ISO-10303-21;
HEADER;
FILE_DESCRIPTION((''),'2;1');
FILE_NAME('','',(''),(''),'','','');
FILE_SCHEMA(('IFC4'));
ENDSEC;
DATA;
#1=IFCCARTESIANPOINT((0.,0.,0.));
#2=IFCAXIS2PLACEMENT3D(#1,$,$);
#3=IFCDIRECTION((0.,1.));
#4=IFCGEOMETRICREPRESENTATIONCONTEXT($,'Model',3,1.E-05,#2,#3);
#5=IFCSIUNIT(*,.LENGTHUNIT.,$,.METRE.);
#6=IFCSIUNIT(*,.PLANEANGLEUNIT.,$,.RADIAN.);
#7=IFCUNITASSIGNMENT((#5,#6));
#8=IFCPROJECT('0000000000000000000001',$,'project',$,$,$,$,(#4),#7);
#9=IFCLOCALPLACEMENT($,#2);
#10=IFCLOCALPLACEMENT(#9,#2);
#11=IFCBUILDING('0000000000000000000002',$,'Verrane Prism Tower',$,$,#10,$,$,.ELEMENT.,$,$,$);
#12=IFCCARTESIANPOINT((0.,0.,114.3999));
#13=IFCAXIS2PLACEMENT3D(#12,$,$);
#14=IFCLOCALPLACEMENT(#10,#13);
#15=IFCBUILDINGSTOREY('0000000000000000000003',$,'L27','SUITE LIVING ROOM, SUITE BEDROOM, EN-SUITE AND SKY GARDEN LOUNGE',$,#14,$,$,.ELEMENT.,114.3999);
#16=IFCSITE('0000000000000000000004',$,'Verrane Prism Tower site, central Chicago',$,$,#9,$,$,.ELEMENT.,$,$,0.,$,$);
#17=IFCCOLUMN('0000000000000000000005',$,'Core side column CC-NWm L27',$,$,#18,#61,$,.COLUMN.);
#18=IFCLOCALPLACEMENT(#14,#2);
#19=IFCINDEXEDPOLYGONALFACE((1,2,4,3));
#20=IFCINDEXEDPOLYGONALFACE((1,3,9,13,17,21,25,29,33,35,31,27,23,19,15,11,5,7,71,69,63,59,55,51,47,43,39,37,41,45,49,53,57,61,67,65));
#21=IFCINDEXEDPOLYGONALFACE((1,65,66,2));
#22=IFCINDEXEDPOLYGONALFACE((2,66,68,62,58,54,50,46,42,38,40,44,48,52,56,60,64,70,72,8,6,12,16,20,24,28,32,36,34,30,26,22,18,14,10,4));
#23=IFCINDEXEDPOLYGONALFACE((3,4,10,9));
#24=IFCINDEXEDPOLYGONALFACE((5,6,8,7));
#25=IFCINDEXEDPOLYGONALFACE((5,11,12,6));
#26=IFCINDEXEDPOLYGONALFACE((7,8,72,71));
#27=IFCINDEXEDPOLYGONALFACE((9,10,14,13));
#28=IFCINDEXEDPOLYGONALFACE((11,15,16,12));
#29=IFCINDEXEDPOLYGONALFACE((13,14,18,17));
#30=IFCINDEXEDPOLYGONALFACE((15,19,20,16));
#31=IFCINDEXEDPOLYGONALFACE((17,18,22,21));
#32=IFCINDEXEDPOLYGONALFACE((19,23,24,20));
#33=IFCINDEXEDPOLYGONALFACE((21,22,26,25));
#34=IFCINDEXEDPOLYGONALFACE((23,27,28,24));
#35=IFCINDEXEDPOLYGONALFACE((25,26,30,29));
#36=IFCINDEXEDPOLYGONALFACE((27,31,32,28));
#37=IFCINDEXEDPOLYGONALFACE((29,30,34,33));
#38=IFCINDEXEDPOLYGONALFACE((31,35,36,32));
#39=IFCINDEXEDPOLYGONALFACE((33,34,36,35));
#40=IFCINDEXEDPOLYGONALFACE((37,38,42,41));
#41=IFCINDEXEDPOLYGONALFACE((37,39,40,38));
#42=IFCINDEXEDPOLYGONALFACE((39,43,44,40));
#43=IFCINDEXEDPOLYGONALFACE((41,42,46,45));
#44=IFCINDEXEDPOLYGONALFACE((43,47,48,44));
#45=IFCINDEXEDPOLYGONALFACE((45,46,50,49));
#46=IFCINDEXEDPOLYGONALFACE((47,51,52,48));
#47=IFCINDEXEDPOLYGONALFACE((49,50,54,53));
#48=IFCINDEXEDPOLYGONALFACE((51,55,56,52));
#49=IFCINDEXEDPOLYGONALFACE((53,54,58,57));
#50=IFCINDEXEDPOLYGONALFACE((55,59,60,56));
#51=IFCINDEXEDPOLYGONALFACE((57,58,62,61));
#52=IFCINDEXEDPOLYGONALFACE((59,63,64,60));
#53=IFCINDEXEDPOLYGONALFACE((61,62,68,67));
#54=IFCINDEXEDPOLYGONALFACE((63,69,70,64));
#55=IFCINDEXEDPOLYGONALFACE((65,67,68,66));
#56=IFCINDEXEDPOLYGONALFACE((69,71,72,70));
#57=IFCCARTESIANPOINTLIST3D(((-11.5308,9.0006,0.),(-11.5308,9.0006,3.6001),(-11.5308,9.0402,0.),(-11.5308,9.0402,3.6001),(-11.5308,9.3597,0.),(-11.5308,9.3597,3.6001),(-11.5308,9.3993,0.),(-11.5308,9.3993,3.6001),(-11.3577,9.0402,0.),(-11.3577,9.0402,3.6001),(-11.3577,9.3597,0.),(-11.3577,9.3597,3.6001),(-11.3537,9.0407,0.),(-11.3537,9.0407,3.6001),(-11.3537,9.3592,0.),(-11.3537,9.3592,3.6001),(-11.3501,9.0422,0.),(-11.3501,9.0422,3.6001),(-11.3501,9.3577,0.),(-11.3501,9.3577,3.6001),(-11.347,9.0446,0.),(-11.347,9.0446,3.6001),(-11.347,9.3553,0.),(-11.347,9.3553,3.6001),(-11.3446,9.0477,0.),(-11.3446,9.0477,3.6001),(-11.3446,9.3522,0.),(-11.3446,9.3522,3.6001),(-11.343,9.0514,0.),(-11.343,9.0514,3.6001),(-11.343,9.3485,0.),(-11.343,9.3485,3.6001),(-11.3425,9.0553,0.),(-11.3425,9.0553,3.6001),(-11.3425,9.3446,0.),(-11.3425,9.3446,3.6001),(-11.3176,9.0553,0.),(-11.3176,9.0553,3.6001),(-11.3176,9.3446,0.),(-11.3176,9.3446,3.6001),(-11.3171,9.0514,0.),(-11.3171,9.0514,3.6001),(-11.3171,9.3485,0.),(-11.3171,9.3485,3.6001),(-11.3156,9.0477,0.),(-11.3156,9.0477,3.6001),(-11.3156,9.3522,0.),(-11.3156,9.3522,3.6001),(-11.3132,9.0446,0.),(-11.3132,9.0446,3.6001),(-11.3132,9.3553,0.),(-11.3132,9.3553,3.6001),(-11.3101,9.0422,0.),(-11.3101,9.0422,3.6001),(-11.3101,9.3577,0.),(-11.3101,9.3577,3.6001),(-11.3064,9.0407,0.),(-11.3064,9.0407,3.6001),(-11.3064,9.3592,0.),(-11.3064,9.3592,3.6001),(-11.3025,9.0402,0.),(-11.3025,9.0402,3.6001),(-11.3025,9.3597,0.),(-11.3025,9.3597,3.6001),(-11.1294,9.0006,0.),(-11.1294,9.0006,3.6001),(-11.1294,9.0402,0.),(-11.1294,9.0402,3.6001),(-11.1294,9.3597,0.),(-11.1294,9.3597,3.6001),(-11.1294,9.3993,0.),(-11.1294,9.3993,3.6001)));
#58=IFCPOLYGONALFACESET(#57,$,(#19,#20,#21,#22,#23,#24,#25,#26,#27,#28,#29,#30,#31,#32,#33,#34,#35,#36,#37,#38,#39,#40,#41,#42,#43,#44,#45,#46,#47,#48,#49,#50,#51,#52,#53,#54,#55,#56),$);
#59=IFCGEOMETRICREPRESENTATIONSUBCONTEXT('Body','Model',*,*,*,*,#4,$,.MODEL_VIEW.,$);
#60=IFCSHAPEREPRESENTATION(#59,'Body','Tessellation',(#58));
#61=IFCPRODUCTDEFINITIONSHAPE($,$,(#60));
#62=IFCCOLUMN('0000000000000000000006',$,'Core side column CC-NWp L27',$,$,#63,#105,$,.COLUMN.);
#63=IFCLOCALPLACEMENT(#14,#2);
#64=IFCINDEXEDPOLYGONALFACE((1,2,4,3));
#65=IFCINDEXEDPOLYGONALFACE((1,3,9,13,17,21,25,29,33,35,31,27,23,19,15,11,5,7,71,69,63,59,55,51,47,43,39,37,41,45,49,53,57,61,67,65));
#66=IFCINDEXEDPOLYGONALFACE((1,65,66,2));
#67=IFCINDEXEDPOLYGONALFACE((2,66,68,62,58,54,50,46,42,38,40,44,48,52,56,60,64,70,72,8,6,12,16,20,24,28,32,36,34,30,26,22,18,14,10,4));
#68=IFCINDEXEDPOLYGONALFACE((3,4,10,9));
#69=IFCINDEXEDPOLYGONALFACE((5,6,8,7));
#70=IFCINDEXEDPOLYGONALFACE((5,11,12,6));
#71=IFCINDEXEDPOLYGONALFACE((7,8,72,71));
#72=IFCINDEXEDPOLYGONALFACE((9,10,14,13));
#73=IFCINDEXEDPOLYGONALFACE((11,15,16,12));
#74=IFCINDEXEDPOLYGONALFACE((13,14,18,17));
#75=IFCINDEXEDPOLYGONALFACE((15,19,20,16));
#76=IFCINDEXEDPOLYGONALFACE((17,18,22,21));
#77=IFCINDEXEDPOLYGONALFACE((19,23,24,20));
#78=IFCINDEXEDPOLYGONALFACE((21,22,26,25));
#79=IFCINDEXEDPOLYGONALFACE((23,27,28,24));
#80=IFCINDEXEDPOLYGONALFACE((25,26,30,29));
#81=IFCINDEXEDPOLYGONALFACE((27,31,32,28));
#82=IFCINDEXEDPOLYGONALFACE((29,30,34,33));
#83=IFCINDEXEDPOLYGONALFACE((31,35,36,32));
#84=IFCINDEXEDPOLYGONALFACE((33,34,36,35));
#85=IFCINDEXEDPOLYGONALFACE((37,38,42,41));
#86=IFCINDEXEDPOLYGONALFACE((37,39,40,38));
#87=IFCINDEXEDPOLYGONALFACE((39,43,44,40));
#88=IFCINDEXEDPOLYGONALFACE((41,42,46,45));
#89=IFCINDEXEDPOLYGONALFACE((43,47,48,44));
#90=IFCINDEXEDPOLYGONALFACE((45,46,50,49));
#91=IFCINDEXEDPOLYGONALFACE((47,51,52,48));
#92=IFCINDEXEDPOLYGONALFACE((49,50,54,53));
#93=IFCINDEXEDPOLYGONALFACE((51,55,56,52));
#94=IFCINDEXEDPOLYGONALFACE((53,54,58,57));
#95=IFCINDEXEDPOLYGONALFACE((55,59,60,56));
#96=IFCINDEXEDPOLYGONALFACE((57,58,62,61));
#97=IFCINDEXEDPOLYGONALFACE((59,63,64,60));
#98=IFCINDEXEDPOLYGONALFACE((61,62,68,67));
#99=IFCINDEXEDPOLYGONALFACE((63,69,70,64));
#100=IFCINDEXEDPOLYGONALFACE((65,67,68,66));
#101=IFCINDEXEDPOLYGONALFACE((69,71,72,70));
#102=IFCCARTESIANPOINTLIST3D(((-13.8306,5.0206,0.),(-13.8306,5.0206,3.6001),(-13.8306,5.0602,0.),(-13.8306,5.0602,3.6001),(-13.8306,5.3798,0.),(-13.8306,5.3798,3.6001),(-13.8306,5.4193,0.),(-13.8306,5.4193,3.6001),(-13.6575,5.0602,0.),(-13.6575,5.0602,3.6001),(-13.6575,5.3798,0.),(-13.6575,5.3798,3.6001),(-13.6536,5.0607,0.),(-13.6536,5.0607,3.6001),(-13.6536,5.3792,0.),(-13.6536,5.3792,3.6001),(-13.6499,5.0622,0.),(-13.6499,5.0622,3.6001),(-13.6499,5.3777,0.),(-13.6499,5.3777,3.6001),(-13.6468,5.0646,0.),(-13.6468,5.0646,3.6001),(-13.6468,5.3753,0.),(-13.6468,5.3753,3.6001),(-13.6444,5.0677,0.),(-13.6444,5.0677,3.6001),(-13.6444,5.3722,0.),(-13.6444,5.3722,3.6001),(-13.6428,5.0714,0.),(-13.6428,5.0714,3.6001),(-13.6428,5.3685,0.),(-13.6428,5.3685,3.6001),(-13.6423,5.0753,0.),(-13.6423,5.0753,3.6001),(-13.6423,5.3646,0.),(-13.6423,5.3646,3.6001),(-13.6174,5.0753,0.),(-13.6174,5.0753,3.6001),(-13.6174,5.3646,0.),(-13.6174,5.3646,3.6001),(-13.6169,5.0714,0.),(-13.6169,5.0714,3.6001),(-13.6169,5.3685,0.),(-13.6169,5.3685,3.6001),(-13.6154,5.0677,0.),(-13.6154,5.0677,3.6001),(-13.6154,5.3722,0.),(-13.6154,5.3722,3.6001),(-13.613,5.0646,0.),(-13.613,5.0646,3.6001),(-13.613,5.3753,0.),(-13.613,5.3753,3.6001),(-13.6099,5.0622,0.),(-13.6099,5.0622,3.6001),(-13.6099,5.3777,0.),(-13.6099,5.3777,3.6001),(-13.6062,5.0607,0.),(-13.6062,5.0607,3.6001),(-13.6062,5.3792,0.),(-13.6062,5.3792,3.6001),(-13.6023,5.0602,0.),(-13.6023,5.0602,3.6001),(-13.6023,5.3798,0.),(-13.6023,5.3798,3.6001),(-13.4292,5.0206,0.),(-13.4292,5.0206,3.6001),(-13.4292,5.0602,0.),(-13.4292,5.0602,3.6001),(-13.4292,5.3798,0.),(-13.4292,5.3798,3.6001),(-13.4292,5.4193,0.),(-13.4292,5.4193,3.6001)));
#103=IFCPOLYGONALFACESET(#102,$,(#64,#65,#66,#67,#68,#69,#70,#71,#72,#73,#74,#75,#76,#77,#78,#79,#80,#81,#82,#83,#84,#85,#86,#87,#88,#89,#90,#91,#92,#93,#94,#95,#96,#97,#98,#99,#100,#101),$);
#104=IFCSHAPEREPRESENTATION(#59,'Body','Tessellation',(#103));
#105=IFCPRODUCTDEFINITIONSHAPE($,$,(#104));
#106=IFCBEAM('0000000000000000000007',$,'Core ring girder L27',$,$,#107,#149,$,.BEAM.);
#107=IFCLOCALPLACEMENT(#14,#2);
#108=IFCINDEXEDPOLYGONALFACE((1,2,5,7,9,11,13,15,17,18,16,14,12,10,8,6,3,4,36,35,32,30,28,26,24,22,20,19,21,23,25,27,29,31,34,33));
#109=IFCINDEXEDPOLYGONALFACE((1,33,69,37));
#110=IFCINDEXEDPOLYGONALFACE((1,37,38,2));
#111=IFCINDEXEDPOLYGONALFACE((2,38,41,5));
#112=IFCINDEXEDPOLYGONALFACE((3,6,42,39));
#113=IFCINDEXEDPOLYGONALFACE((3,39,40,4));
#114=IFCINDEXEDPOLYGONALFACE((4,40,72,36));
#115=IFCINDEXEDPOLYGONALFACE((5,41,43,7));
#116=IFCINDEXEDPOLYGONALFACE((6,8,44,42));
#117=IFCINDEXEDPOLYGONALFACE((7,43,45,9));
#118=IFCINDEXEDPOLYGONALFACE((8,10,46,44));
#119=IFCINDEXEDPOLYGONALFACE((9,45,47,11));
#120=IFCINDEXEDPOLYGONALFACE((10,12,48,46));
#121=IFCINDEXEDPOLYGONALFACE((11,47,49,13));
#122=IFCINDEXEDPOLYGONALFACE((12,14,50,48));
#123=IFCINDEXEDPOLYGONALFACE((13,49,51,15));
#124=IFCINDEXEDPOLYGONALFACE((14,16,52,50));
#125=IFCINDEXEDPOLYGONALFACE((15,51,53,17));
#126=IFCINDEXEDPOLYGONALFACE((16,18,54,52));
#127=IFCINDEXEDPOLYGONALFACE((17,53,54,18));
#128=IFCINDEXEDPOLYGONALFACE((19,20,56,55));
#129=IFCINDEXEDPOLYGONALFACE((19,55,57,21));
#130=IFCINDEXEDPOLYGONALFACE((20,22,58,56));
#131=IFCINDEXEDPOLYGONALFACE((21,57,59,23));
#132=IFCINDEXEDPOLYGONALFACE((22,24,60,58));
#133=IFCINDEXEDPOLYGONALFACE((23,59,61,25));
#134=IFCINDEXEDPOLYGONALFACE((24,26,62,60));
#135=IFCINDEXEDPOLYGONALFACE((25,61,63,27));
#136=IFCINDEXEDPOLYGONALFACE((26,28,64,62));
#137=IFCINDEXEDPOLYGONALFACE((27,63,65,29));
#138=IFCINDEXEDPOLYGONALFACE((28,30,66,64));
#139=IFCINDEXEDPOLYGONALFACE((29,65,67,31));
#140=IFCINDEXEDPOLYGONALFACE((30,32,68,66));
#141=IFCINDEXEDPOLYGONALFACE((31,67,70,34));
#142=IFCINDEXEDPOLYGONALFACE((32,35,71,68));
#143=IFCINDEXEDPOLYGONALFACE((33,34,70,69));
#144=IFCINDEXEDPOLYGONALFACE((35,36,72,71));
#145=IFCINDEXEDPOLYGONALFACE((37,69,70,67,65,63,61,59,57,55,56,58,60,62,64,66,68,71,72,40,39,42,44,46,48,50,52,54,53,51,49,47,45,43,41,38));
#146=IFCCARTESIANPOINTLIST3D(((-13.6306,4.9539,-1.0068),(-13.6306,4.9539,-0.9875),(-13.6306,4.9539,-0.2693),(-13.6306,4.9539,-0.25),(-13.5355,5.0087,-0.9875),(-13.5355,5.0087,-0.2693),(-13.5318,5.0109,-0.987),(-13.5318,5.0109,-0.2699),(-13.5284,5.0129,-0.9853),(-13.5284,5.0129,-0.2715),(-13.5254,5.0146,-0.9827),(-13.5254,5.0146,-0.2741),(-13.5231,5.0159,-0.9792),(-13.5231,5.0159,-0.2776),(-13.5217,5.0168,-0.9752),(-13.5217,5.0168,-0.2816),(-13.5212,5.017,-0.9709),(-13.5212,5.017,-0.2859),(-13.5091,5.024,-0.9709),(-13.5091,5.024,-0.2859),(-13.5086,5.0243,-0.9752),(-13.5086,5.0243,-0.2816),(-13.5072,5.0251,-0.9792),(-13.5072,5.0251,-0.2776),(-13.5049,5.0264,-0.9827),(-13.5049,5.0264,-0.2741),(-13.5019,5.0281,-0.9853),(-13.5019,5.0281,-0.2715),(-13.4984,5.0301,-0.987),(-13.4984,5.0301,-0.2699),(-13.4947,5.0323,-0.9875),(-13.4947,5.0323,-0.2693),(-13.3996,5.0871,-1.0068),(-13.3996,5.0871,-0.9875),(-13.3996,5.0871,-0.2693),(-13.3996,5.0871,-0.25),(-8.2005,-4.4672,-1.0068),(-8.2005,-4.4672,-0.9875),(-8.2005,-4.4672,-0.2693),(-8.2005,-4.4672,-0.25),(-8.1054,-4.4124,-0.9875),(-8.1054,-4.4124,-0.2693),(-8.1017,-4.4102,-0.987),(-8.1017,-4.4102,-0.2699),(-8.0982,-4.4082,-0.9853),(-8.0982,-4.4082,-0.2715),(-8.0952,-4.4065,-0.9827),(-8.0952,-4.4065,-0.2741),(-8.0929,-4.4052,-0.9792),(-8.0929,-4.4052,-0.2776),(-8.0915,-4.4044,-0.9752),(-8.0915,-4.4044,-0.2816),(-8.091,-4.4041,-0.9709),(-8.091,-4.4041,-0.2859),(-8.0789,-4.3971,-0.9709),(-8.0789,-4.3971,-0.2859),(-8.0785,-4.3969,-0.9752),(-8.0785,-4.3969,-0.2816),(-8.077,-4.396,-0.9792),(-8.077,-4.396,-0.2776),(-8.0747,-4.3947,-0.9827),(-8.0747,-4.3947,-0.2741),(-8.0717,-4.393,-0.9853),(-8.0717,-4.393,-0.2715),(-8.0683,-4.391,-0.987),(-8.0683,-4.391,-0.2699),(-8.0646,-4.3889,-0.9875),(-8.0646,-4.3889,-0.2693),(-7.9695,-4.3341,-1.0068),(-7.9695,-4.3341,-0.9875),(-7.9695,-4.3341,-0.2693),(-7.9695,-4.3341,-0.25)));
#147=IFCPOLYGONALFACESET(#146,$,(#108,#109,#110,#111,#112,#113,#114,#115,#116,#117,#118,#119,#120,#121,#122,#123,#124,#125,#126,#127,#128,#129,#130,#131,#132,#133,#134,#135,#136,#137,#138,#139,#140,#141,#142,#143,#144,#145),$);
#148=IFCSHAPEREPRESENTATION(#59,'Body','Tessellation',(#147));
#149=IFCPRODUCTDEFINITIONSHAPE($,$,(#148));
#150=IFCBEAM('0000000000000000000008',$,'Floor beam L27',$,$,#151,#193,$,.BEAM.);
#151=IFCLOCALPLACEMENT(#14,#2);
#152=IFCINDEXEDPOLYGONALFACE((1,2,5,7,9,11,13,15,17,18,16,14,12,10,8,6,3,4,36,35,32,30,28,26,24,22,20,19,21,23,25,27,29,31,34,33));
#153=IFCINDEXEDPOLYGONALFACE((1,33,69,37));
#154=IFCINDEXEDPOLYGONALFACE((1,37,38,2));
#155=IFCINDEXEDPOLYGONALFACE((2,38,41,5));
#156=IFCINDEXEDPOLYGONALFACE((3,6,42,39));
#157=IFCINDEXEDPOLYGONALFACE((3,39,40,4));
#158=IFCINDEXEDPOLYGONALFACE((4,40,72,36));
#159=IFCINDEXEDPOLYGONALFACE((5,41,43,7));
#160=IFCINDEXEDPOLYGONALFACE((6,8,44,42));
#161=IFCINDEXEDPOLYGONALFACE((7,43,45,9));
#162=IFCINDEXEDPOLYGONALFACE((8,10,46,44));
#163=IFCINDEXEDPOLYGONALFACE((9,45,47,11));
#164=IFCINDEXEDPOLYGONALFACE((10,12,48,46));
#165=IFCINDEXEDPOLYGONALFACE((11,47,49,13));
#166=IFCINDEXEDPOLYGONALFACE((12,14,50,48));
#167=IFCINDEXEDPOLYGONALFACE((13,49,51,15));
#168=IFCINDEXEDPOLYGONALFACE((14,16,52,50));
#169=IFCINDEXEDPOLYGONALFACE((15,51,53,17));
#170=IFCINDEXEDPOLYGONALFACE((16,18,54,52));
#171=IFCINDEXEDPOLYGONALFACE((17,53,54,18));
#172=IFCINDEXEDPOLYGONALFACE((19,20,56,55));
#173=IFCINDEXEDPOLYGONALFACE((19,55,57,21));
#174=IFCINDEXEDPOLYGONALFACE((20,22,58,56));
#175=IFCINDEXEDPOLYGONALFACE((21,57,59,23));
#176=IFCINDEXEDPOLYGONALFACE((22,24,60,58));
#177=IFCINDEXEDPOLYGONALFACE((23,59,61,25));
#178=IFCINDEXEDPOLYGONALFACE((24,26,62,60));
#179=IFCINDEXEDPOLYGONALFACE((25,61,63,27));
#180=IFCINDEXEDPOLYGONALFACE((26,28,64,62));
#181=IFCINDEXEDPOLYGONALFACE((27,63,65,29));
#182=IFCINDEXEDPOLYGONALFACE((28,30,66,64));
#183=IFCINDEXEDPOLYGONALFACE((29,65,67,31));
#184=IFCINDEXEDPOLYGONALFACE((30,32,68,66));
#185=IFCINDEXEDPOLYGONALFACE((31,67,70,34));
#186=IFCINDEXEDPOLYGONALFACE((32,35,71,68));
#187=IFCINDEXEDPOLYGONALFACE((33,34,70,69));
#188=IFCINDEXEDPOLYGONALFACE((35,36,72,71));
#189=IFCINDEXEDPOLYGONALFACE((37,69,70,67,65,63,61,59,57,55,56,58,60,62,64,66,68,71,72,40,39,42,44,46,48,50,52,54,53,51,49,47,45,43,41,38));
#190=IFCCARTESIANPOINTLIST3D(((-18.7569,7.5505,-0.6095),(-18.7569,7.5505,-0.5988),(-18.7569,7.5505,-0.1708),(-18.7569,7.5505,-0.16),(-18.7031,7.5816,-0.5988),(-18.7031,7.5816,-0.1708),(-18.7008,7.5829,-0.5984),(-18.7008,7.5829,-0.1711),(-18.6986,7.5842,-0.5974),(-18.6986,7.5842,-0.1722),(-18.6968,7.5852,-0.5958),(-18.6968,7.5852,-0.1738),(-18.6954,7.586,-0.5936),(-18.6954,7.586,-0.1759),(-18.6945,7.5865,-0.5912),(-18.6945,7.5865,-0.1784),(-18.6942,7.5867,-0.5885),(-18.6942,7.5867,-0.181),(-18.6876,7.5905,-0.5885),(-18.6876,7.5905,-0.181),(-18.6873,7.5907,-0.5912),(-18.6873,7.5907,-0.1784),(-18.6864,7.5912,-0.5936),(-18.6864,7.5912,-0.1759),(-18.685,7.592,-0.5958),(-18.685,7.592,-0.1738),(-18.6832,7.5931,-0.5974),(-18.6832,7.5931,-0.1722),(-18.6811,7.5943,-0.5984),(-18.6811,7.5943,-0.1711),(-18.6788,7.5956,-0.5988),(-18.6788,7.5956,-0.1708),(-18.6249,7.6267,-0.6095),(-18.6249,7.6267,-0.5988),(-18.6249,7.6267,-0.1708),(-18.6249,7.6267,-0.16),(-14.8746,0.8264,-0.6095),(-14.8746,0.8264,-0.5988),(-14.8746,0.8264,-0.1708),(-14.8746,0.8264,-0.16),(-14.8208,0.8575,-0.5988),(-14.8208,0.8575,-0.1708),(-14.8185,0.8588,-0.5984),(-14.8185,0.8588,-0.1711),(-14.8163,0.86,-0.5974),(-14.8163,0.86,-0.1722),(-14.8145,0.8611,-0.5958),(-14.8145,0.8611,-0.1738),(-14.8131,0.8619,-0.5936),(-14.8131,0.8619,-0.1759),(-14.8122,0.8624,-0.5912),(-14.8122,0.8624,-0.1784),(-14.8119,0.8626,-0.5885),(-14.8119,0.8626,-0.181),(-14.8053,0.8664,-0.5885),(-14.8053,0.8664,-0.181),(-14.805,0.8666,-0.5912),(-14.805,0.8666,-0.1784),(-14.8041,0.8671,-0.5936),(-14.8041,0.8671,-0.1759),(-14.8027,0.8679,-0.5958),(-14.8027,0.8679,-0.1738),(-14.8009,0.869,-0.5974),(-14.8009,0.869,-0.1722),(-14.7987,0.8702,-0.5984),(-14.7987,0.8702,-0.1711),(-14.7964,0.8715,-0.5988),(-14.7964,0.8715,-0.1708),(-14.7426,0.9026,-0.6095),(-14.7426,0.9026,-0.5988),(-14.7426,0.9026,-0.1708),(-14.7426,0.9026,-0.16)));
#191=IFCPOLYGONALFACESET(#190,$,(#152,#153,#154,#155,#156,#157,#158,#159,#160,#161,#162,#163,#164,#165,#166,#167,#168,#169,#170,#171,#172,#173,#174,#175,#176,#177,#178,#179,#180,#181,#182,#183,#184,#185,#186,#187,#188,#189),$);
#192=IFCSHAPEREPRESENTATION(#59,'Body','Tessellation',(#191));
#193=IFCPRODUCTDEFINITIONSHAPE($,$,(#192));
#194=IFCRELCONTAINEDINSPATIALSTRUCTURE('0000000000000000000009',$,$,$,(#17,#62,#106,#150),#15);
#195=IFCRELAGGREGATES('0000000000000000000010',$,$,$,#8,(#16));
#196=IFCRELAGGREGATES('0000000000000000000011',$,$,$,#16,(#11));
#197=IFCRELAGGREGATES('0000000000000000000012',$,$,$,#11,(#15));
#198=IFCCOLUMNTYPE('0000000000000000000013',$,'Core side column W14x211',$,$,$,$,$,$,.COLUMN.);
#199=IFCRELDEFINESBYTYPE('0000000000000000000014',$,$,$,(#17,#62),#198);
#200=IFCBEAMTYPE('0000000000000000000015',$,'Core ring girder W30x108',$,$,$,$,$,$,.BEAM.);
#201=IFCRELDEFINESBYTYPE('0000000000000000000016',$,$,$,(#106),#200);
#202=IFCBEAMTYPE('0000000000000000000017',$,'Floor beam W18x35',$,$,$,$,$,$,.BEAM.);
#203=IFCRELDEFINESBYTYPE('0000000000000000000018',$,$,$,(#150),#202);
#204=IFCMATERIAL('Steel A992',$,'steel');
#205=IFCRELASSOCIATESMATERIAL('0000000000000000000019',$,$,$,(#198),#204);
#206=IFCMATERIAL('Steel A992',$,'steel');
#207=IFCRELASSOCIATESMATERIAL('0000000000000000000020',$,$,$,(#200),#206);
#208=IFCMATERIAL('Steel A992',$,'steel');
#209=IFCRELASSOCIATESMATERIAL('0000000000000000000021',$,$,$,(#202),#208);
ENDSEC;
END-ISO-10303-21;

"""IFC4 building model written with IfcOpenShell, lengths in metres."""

from ifc_helpers import new_model, si_unit, direction, frame, origin, origin_2d, place, context, subcontext, project, spatial, i_section, extrude, material, material_profile, profile_set, type_object, element, save


model = new_model("IFC4")

# Units and contexts
model_context = context("Model", 3, precision=1e-05, world=origin(), true_north=direction((0.0, 1.0)))
body_context = subcontext(model_context, "Body", "Model", "MODEL_VIEW")
ifc_project = project(units=[si_unit("LENGTHUNIT", "METRE"), si_unit("PLANEANGLEUNIT", "RADIAN")], contexts=[model_context])

# Site, building, storey
site_placement = place(None, origin())
site = spatial("IfcSite", under=ifc_project, at=site_placement, Name="Verrane Prism Tower site, central Chicago", CompositionType="ELEMENT", RefElevation=0.0)
building_placement = place(site_placement, origin())
building = spatial("IfcBuilding", under=site, at=building_placement, Name="Verrane Prism Tower", CompositionType="ELEMENT")
storey_placement = place(building_placement, frame((0.0, 0.0, 114.3999)))
storey = spatial("IfcBuildingStorey", under=building, at=storey_placement, Name="L27", Description="SUITE LIVING ROOM, SUITE BEDROOM, EN-SUITE AND SKY GARDEN LOUNGE", CompositionType="ELEMENT", Elevation=114.3999)

# Columns
ifc_material_1 = material(Name="Steel A992", Category="steel")
ifc_material_profile_1 = material_profile(ifc_material_1, i_section(OverallWidth=0.4014, OverallDepth=0.3987, WebThickness=0.0249, FlangeThickness=0.0396, FilletRadius=0.0151, at=origin_2d()), Name="W14x211")
ifc_profile_set_1 = profile_set([ifc_material_profile_1], Name="Steel A992")
column_type = type_object("IfcColumnType", Name="Core side column W14x211", PredefinedType="COLUMN", material=ifc_profile_set_1)
for number, where, z_axis, x_axis, name in (
    (1, (-11.3301, 9.2, 0.0), (0.0, 0.0, 1.0), (1.0, 0.0, 0.0), "Core side column CC-NWm L27"),
    (2, (-13.6299, 5.22, 0.0), (0.0, 0.0, 1.0), (1.0, 0.0, 0.0), "Core side column CC-NWp L27"),
):
    element("IfcColumn", number, at=place(storey_placement, frame(where, z_axis=z_axis, x_axis=x_axis)), inside=storey, type_object=column_type, Name=name, PredefinedType="COLUMN", context=body_context, shape_type="SweptSolid", body=[
        extrude(i_section(OverallWidth=0.4014, OverallDepth=0.3987, WebThickness=0.0249, FlangeThickness=0.0396, FilletRadius=0.0151, at=origin_2d()), origin(), (0.0, 0.0, 1.0), 3.6001),
    ])

# Beams
ifc_material_2 = material(Name="Steel A992", Category="steel")
ifc_material_profile_2 = material_profile(ifc_material_2, i_section(OverallWidth=0.2666, OverallDepth=0.7568, WebThickness=0.0139, FlangeThickness=0.0193, FilletRadius=0.0166, at=origin_2d()), Name="W30x108")
ifc_profile_set_2 = profile_set([ifc_material_profile_2], Name="Steel A992")
beam_type_1 = type_object("IfcBeamType", Name="Core ring girder W30x108", PredefinedType="BEAM", material=ifc_profile_set_2)
beam_1_placement = place(storey_placement, frame((-13.5151, 5.0205, -0.6284), z_axis=(0.499371, -0.866388, 0.0), x_axis=(0.866388, 0.499371, 0.0)))
element("IfcBeam", 3, at=beam_1_placement, inside=storey, type_object=beam_type_1, Name="Core ring girder L27", PredefinedType="BEAM", context=body_context, shape_type="SweptSolid", body=[
    extrude(i_section(OverallWidth=0.2666, OverallDepth=0.7568, WebThickness=0.0139, FlangeThickness=0.0193, FilletRadius=0.0166, at=origin_2d()), origin(), (0.0, 0.0, 1.0), 10.874),
])
ifc_material_3 = material(Name="Steel A992", Category="steel")
ifc_material_profile_3 = material_profile(ifc_material_3, i_section(OverallWidth=0.1523, OverallDepth=0.4495, WebThickness=0.0076, FlangeThickness=0.0107, FilletRadius=0.0103, at=origin_2d()), Name="W18x35")
ifc_profile_set_3 = profile_set([ifc_material_profile_3], Name="Steel A992")
beam_type_2 = type_object("IfcBeamType", Name="Floor beam W18x35", PredefinedType="BEAM", material=ifc_profile_set_3)
beam_2_placement = place(storey_placement, frame((-14.8086, 0.8645, -0.3848), z_axis=(-0.500015, 0.866017, 0.0), x_axis=(-0.866017, -0.500015, 0.0)))
element("IfcBeam", 4, at=beam_2_placement, inside=storey, type_object=beam_type_2, Name="Floor beam L27", PredefinedType="BEAM", context=body_context, shape_type="SweptSolid", body=[
    extrude(i_section(OverallWidth=0.1523, OverallDepth=0.4495, WebThickness=0.0076, FlangeThickness=0.0107, FilletRadius=0.0103, at=origin_2d()), origin(), (0.0, 0.0, 1.0), 7.7644),
])

save(model, "model.ifc")
